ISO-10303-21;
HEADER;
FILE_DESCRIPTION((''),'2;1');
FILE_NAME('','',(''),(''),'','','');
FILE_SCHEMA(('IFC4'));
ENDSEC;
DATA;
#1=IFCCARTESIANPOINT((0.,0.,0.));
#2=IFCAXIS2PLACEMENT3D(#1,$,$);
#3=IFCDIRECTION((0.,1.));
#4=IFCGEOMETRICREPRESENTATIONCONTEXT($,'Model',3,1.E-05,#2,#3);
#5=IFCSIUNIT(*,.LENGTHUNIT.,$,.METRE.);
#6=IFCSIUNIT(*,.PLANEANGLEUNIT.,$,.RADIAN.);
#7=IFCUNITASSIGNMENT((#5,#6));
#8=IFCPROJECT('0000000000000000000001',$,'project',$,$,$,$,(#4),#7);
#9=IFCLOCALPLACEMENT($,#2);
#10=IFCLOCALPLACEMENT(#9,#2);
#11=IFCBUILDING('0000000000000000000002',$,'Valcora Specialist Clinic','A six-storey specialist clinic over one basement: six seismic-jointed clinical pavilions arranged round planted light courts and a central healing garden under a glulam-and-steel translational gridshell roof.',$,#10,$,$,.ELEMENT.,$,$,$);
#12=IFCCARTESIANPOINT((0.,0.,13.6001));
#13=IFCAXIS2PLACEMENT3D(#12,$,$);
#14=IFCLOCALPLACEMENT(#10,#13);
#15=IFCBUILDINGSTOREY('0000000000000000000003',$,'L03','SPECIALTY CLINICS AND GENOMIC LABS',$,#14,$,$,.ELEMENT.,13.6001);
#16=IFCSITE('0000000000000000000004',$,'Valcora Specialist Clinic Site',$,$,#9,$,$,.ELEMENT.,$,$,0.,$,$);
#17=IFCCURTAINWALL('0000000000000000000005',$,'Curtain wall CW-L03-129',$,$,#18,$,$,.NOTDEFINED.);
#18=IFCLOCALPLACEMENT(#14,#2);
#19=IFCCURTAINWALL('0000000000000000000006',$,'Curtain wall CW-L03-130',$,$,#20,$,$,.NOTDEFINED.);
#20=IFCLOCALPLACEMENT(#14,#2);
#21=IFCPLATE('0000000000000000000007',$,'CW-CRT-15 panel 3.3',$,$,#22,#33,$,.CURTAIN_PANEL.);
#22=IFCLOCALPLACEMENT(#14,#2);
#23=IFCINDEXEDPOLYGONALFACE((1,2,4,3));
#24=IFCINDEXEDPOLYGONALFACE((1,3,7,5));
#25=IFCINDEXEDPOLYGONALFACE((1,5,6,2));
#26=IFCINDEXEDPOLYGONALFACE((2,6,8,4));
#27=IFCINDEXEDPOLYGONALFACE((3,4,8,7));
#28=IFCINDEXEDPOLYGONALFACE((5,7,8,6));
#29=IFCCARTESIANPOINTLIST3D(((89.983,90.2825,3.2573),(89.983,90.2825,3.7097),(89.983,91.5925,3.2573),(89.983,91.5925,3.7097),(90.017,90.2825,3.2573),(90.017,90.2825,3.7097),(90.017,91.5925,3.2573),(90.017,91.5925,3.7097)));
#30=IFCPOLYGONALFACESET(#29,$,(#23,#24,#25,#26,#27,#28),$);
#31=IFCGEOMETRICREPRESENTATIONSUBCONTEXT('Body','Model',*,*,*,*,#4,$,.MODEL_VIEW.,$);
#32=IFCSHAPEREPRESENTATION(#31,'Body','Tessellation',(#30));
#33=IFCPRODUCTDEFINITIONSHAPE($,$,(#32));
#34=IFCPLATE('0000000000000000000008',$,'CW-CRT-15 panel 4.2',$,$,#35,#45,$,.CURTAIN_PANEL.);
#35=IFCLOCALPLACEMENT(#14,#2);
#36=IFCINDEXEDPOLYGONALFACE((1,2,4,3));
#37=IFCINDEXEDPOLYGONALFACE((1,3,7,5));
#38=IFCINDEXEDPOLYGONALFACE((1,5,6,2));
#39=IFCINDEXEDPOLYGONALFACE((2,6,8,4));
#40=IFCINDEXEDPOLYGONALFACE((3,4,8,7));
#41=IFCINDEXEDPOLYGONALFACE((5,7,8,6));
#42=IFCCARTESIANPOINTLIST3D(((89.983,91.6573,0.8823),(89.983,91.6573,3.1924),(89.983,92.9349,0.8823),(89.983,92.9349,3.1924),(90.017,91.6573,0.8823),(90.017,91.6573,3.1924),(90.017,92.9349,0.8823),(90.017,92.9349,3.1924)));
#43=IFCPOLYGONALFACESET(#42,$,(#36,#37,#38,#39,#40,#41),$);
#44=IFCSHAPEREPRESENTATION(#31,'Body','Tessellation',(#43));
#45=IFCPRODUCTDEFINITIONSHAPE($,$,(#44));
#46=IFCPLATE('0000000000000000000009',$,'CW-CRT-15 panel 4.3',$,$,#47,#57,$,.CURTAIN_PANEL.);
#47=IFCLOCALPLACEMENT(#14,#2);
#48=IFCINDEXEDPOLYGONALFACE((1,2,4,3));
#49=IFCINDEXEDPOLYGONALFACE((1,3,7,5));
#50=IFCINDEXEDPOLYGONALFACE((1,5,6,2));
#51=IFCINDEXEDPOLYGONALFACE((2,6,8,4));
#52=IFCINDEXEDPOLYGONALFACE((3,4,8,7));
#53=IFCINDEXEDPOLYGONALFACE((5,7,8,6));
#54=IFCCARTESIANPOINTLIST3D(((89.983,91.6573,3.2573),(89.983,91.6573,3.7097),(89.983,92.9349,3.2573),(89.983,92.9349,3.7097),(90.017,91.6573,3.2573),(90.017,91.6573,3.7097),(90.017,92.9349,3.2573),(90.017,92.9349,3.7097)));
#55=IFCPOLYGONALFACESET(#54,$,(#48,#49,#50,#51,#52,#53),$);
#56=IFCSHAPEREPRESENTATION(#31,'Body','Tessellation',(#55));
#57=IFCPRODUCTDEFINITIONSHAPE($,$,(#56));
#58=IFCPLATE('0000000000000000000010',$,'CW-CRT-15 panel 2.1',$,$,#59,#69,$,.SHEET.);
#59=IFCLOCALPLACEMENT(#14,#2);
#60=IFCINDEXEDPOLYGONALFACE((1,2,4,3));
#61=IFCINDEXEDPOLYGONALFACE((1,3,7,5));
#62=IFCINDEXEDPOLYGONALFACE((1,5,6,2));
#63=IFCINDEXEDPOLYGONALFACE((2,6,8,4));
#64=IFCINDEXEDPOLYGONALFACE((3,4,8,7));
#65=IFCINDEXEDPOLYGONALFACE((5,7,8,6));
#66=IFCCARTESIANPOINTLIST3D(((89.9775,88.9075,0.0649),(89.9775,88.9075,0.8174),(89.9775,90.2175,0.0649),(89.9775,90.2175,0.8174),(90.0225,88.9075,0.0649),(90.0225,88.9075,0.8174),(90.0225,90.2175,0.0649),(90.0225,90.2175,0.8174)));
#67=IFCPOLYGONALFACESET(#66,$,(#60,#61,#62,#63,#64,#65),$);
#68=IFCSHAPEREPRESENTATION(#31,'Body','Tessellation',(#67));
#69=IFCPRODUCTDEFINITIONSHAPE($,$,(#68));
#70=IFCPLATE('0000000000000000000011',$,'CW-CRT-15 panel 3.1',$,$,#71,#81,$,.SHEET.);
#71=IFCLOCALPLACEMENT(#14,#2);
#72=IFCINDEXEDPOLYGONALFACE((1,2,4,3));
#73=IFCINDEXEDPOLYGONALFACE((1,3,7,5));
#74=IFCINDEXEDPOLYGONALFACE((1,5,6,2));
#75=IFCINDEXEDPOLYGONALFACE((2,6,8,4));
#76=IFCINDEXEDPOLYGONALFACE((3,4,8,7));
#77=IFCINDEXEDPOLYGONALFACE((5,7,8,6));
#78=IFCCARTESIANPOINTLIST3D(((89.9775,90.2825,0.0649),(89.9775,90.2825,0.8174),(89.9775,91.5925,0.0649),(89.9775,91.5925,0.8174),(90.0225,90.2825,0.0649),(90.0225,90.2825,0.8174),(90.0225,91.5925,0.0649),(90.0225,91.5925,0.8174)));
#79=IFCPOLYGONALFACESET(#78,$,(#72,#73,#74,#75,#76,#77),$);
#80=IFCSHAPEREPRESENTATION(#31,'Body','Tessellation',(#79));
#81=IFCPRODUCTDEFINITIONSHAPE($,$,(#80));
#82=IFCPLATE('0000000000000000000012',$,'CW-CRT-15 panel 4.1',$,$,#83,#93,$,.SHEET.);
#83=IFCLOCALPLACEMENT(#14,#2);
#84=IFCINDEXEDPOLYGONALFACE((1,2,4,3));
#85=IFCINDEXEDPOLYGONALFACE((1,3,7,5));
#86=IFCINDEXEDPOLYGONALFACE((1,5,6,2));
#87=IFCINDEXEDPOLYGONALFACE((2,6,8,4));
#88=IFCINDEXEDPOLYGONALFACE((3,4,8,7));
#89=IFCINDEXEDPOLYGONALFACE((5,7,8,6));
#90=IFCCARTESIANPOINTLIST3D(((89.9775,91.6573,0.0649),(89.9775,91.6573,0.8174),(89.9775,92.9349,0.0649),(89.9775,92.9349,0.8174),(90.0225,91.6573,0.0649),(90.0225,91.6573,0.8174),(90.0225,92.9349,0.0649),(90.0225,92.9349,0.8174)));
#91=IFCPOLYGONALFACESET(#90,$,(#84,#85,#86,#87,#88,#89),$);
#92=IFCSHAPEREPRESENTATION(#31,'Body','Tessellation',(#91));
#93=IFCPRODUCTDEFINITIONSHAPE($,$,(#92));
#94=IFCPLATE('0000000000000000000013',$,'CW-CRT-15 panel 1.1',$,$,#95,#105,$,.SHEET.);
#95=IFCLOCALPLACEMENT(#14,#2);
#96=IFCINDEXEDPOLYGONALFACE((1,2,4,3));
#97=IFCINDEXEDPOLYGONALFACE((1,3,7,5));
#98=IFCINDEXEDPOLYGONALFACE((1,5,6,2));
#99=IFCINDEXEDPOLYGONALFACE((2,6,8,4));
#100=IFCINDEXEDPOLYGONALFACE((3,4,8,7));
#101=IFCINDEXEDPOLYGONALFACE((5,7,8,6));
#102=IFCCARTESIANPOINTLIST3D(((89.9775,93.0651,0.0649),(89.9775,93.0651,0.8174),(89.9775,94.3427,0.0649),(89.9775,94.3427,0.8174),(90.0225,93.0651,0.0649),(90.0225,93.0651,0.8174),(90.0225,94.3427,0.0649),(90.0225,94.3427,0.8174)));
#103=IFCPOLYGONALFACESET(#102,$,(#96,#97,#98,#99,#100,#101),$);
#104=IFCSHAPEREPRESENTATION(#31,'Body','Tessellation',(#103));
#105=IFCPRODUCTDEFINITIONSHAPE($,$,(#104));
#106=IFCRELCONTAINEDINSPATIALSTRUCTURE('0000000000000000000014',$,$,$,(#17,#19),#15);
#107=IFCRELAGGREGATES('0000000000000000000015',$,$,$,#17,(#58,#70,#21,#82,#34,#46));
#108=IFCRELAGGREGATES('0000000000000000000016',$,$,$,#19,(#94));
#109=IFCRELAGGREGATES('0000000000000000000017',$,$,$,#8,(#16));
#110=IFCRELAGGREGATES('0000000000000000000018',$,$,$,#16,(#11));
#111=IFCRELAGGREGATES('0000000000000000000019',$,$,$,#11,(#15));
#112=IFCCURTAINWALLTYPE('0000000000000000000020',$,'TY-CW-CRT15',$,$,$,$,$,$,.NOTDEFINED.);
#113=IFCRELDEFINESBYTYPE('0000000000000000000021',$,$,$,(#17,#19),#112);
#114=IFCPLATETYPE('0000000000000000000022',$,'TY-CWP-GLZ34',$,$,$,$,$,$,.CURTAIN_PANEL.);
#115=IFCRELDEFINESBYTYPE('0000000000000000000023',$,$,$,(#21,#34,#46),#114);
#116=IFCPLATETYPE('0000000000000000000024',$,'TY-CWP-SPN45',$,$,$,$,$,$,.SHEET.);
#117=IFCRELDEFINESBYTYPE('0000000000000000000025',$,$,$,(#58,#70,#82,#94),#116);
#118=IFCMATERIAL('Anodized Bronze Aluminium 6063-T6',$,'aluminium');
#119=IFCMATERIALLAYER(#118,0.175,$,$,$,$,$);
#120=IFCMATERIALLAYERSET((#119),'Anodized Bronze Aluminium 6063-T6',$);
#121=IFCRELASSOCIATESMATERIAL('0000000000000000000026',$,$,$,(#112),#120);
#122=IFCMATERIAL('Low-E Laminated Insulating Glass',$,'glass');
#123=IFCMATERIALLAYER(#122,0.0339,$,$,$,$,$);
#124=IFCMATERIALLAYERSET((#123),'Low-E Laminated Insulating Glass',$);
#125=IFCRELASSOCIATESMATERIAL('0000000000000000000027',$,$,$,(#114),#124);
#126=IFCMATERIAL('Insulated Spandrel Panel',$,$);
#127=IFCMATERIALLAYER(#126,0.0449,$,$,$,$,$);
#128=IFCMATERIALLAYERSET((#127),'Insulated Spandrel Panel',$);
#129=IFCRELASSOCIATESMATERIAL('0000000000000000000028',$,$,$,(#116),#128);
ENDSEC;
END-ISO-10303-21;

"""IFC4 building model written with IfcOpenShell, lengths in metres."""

from ifc_helpers import new_model, si_unit, direction, frame, origin, origin_2d, place, context, subcontext, project, spatial, rectangle, extrude, material, layer, layer_set, type_object, element, aggregate, save


model = new_model("IFC4")

# Units and contexts
model_context = context("Model", 3, precision=1e-05, world=origin(), true_north=direction((0.0, 1.0)))
body_context = subcontext(model_context, "Body", "Model", "MODEL_VIEW")
ifc_project = project(units=[si_unit("LENGTHUNIT", "METRE"), si_unit("PLANEANGLEUNIT", "RADIAN")], contexts=[model_context])

# Site, building, storey
site_placement = place(None, origin())
site = spatial("IfcSite", under=ifc_project, at=site_placement, Name="Valcora Specialist Clinic Site", CompositionType="ELEMENT", RefElevation=0.0)
building_placement = place(site_placement, origin())
building = spatial("IfcBuilding", under=site, at=building_placement, Name="Valcora Specialist Clinic", Description="A six-storey specialist clinic over one basement: six seismic-jointed clinical pavilions arranged round planted light courts and a central healing garden under a glulam-and-steel translational gridshell roof.", CompositionType="ELEMENT")
storey_placement = place(building_placement, frame((0.0, 0.0, 13.6001)))
storey = spatial("IfcBuildingStorey", under=building, at=storey_placement, Name="L03", Description="SPECIALTY CLINICS AND GENOMIC LABS", CompositionType="ELEMENT", Elevation=13.6001)

# Curtain wall
ifc_material_1 = material(Name="Anodized Bronze Aluminium 6063-T6", Category="aluminium")
ifc_layer_1 = layer(ifc_material_1, 0.175)
ifc_layer_set_1 = layer_set([ifc_layer_1], Name="Anodized Bronze Aluminium 6063-T6")
curtain_wall_type = type_object("IfcCurtainWallType", Name="TY-CW-CRT15", PredefinedType="NOTDEFINED", material=ifc_layer_set_1)
curtain_wall_1_placement = place(storey_placement, origin())
curtain_wall_1 = element("IfcCurtainWall", 1, at=curtain_wall_1_placement, inside=storey, type_object=curtain_wall_type, Name="Curtain wall CW-L03-129", PredefinedType="NOTDEFINED")

# Curtain wall
curtain_wall_2_placement = place(storey_placement, origin())
curtain_wall_2 = element("IfcCurtainWall", 2, at=curtain_wall_2_placement, inside=storey, type_object=curtain_wall_type, Name="Curtain wall CW-L03-130", PredefinedType="NOTDEFINED")

# Plates
ifc_material_2 = material(Name="Low-E Laminated Insulating Glass", Category="glass")
ifc_layer_2 = layer(ifc_material_2, 0.0339)
ifc_layer_set_2 = layer_set([ifc_layer_2], Name="Low-E Laminated Insulating Glass")
plate_type_1 = type_object("IfcPlateType", Name="TY-CWP-GLZ34", PredefinedType="CURTAIN_PANEL", material=ifc_layer_set_2)
plate_1_placement = place(storey_placement, frame((90.0, 90.9375, 3.2573), z_axis=(0.0, 0.0, 1.0), x_axis=(0.0, 1.0, 0.0)))
plate_1 = element("IfcPlate", 3, at=plate_1_placement, type_object=plate_type_1, Name="CW-CRT-15 panel 3.3", PredefinedType="CURTAIN_PANEL", context=body_context, shape_type="SweptSolid", body=[
    extrude(rectangle(XDim=1.3101, YDim=0.0339, at=origin_2d()), origin(), (0.0, 0.0, 1.0), 0.4524),
])
plate_2_placement = place(storey_placement, frame((90.0, 92.2961, 0.8823), z_axis=(0.0, 0.0, 1.0), x_axis=(0.0, 1.0, 0.0)))
plate_2 = element("IfcPlate", 4, at=plate_2_placement, type_object=plate_type_1, Name="CW-CRT-15 panel 4.2", PredefinedType="CURTAIN_PANEL", context=body_context, shape_type="SweptSolid", body=[
    extrude(rectangle(XDim=1.2776, YDim=0.0339, at=origin_2d()), origin(), (0.0, 0.0, 1.0), 2.3101),
])
plate_3_placement = place(storey_placement, frame((90.0, 92.2961, 3.2573), z_axis=(0.0, 0.0, 1.0), x_axis=(0.0, 1.0, 0.0)))
plate_3 = element("IfcPlate", 5, at=plate_3_placement, type_object=plate_type_1, Name="CW-CRT-15 panel 4.3", PredefinedType="CURTAIN_PANEL", context=body_context, shape_type="SweptSolid", body=[
    extrude(rectangle(XDim=1.2776, YDim=0.0339, at=origin_2d()), origin(), (0.0, 0.0, 1.0), 0.4524),
])
ifc_material_3 = material(Name="Insulated Spandrel Panel")
ifc_layer_3 = layer(ifc_material_3, 0.0449)
ifc_layer_set_3 = layer_set([ifc_layer_3], Name="Insulated Spandrel Panel")
plate_type_2 = type_object("IfcPlateType", Name="TY-CWP-SPN45", PredefinedType="SHEET", material=ifc_layer_set_3)
plate_4_placement = place(storey_placement, frame((90.0, 89.5625, 0.0649), z_axis=(0.0, 0.0, 1.0), x_axis=(0.0, 1.0, 0.0)))
plate_4 = element("IfcPlate", 6, at=plate_4_placement, type_object=plate_type_2, Name="CW-CRT-15 panel 2.1", PredefinedType="SHEET", context=body_context, shape_type="SweptSolid", body=[
    extrude(rectangle(XDim=1.3101, YDim=0.0449, at=origin_2d()), origin(), (0.0, 0.0, 1.0), 0.7524),
])
plate_5_placement = place(storey_placement, frame((90.0, 90.9375, 0.0649), z_axis=(0.0, 0.0, 1.0), x_axis=(0.0, 1.0, 0.0)))
plate_5 = element("IfcPlate", 7, at=plate_5_placement, type_object=plate_type_2, Name="CW-CRT-15 panel 3.1", PredefinedType="SHEET", context=body_context, shape_type="SweptSolid", body=[
    extrude(rectangle(XDim=1.3101, YDim=0.0449, at=origin_2d()), origin(), (0.0, 0.0, 1.0), 0.7524),
])
plate_6_placement = place(storey_placement, frame((90.0, 92.2961, 0.0649), z_axis=(0.0, 0.0, 1.0), x_axis=(0.0, 1.0, 0.0)))
plate_6 = element("IfcPlate", 8, at=plate_6_placement, type_object=plate_type_2, Name="CW-CRT-15 panel 4.1", PredefinedType="SHEET", context=body_context, shape_type="SweptSolid", body=[
    extrude(rectangle(XDim=1.2776, YDim=0.0449, at=origin_2d()), origin(), (0.0, 0.0, 1.0), 0.7524),
])
aggregate(curtain_wall_1, [plate_4, plate_5, plate_1, plate_6, plate_2, plate_3])
plate_7_placement = place(storey_placement, frame((90.0, 93.7039, 0.0649), z_axis=(0.0, 0.0, 1.0), x_axis=(0.0, 1.0, 0.0)))
plate_7 = element("IfcPlate", 9, at=plate_7_placement, type_object=plate_type_2, Name="CW-CRT-15 panel 1.1", PredefinedType="SHEET", context=body_context, shape_type="SweptSolid", body=[
    extrude(rectangle(XDim=1.2776, YDim=0.0449, at=origin_2d()), origin(), (0.0, 0.0, 1.0), 0.7524),
])
aggregate(curtain_wall_2, [plate_7])

save(model, "model.ifc")
